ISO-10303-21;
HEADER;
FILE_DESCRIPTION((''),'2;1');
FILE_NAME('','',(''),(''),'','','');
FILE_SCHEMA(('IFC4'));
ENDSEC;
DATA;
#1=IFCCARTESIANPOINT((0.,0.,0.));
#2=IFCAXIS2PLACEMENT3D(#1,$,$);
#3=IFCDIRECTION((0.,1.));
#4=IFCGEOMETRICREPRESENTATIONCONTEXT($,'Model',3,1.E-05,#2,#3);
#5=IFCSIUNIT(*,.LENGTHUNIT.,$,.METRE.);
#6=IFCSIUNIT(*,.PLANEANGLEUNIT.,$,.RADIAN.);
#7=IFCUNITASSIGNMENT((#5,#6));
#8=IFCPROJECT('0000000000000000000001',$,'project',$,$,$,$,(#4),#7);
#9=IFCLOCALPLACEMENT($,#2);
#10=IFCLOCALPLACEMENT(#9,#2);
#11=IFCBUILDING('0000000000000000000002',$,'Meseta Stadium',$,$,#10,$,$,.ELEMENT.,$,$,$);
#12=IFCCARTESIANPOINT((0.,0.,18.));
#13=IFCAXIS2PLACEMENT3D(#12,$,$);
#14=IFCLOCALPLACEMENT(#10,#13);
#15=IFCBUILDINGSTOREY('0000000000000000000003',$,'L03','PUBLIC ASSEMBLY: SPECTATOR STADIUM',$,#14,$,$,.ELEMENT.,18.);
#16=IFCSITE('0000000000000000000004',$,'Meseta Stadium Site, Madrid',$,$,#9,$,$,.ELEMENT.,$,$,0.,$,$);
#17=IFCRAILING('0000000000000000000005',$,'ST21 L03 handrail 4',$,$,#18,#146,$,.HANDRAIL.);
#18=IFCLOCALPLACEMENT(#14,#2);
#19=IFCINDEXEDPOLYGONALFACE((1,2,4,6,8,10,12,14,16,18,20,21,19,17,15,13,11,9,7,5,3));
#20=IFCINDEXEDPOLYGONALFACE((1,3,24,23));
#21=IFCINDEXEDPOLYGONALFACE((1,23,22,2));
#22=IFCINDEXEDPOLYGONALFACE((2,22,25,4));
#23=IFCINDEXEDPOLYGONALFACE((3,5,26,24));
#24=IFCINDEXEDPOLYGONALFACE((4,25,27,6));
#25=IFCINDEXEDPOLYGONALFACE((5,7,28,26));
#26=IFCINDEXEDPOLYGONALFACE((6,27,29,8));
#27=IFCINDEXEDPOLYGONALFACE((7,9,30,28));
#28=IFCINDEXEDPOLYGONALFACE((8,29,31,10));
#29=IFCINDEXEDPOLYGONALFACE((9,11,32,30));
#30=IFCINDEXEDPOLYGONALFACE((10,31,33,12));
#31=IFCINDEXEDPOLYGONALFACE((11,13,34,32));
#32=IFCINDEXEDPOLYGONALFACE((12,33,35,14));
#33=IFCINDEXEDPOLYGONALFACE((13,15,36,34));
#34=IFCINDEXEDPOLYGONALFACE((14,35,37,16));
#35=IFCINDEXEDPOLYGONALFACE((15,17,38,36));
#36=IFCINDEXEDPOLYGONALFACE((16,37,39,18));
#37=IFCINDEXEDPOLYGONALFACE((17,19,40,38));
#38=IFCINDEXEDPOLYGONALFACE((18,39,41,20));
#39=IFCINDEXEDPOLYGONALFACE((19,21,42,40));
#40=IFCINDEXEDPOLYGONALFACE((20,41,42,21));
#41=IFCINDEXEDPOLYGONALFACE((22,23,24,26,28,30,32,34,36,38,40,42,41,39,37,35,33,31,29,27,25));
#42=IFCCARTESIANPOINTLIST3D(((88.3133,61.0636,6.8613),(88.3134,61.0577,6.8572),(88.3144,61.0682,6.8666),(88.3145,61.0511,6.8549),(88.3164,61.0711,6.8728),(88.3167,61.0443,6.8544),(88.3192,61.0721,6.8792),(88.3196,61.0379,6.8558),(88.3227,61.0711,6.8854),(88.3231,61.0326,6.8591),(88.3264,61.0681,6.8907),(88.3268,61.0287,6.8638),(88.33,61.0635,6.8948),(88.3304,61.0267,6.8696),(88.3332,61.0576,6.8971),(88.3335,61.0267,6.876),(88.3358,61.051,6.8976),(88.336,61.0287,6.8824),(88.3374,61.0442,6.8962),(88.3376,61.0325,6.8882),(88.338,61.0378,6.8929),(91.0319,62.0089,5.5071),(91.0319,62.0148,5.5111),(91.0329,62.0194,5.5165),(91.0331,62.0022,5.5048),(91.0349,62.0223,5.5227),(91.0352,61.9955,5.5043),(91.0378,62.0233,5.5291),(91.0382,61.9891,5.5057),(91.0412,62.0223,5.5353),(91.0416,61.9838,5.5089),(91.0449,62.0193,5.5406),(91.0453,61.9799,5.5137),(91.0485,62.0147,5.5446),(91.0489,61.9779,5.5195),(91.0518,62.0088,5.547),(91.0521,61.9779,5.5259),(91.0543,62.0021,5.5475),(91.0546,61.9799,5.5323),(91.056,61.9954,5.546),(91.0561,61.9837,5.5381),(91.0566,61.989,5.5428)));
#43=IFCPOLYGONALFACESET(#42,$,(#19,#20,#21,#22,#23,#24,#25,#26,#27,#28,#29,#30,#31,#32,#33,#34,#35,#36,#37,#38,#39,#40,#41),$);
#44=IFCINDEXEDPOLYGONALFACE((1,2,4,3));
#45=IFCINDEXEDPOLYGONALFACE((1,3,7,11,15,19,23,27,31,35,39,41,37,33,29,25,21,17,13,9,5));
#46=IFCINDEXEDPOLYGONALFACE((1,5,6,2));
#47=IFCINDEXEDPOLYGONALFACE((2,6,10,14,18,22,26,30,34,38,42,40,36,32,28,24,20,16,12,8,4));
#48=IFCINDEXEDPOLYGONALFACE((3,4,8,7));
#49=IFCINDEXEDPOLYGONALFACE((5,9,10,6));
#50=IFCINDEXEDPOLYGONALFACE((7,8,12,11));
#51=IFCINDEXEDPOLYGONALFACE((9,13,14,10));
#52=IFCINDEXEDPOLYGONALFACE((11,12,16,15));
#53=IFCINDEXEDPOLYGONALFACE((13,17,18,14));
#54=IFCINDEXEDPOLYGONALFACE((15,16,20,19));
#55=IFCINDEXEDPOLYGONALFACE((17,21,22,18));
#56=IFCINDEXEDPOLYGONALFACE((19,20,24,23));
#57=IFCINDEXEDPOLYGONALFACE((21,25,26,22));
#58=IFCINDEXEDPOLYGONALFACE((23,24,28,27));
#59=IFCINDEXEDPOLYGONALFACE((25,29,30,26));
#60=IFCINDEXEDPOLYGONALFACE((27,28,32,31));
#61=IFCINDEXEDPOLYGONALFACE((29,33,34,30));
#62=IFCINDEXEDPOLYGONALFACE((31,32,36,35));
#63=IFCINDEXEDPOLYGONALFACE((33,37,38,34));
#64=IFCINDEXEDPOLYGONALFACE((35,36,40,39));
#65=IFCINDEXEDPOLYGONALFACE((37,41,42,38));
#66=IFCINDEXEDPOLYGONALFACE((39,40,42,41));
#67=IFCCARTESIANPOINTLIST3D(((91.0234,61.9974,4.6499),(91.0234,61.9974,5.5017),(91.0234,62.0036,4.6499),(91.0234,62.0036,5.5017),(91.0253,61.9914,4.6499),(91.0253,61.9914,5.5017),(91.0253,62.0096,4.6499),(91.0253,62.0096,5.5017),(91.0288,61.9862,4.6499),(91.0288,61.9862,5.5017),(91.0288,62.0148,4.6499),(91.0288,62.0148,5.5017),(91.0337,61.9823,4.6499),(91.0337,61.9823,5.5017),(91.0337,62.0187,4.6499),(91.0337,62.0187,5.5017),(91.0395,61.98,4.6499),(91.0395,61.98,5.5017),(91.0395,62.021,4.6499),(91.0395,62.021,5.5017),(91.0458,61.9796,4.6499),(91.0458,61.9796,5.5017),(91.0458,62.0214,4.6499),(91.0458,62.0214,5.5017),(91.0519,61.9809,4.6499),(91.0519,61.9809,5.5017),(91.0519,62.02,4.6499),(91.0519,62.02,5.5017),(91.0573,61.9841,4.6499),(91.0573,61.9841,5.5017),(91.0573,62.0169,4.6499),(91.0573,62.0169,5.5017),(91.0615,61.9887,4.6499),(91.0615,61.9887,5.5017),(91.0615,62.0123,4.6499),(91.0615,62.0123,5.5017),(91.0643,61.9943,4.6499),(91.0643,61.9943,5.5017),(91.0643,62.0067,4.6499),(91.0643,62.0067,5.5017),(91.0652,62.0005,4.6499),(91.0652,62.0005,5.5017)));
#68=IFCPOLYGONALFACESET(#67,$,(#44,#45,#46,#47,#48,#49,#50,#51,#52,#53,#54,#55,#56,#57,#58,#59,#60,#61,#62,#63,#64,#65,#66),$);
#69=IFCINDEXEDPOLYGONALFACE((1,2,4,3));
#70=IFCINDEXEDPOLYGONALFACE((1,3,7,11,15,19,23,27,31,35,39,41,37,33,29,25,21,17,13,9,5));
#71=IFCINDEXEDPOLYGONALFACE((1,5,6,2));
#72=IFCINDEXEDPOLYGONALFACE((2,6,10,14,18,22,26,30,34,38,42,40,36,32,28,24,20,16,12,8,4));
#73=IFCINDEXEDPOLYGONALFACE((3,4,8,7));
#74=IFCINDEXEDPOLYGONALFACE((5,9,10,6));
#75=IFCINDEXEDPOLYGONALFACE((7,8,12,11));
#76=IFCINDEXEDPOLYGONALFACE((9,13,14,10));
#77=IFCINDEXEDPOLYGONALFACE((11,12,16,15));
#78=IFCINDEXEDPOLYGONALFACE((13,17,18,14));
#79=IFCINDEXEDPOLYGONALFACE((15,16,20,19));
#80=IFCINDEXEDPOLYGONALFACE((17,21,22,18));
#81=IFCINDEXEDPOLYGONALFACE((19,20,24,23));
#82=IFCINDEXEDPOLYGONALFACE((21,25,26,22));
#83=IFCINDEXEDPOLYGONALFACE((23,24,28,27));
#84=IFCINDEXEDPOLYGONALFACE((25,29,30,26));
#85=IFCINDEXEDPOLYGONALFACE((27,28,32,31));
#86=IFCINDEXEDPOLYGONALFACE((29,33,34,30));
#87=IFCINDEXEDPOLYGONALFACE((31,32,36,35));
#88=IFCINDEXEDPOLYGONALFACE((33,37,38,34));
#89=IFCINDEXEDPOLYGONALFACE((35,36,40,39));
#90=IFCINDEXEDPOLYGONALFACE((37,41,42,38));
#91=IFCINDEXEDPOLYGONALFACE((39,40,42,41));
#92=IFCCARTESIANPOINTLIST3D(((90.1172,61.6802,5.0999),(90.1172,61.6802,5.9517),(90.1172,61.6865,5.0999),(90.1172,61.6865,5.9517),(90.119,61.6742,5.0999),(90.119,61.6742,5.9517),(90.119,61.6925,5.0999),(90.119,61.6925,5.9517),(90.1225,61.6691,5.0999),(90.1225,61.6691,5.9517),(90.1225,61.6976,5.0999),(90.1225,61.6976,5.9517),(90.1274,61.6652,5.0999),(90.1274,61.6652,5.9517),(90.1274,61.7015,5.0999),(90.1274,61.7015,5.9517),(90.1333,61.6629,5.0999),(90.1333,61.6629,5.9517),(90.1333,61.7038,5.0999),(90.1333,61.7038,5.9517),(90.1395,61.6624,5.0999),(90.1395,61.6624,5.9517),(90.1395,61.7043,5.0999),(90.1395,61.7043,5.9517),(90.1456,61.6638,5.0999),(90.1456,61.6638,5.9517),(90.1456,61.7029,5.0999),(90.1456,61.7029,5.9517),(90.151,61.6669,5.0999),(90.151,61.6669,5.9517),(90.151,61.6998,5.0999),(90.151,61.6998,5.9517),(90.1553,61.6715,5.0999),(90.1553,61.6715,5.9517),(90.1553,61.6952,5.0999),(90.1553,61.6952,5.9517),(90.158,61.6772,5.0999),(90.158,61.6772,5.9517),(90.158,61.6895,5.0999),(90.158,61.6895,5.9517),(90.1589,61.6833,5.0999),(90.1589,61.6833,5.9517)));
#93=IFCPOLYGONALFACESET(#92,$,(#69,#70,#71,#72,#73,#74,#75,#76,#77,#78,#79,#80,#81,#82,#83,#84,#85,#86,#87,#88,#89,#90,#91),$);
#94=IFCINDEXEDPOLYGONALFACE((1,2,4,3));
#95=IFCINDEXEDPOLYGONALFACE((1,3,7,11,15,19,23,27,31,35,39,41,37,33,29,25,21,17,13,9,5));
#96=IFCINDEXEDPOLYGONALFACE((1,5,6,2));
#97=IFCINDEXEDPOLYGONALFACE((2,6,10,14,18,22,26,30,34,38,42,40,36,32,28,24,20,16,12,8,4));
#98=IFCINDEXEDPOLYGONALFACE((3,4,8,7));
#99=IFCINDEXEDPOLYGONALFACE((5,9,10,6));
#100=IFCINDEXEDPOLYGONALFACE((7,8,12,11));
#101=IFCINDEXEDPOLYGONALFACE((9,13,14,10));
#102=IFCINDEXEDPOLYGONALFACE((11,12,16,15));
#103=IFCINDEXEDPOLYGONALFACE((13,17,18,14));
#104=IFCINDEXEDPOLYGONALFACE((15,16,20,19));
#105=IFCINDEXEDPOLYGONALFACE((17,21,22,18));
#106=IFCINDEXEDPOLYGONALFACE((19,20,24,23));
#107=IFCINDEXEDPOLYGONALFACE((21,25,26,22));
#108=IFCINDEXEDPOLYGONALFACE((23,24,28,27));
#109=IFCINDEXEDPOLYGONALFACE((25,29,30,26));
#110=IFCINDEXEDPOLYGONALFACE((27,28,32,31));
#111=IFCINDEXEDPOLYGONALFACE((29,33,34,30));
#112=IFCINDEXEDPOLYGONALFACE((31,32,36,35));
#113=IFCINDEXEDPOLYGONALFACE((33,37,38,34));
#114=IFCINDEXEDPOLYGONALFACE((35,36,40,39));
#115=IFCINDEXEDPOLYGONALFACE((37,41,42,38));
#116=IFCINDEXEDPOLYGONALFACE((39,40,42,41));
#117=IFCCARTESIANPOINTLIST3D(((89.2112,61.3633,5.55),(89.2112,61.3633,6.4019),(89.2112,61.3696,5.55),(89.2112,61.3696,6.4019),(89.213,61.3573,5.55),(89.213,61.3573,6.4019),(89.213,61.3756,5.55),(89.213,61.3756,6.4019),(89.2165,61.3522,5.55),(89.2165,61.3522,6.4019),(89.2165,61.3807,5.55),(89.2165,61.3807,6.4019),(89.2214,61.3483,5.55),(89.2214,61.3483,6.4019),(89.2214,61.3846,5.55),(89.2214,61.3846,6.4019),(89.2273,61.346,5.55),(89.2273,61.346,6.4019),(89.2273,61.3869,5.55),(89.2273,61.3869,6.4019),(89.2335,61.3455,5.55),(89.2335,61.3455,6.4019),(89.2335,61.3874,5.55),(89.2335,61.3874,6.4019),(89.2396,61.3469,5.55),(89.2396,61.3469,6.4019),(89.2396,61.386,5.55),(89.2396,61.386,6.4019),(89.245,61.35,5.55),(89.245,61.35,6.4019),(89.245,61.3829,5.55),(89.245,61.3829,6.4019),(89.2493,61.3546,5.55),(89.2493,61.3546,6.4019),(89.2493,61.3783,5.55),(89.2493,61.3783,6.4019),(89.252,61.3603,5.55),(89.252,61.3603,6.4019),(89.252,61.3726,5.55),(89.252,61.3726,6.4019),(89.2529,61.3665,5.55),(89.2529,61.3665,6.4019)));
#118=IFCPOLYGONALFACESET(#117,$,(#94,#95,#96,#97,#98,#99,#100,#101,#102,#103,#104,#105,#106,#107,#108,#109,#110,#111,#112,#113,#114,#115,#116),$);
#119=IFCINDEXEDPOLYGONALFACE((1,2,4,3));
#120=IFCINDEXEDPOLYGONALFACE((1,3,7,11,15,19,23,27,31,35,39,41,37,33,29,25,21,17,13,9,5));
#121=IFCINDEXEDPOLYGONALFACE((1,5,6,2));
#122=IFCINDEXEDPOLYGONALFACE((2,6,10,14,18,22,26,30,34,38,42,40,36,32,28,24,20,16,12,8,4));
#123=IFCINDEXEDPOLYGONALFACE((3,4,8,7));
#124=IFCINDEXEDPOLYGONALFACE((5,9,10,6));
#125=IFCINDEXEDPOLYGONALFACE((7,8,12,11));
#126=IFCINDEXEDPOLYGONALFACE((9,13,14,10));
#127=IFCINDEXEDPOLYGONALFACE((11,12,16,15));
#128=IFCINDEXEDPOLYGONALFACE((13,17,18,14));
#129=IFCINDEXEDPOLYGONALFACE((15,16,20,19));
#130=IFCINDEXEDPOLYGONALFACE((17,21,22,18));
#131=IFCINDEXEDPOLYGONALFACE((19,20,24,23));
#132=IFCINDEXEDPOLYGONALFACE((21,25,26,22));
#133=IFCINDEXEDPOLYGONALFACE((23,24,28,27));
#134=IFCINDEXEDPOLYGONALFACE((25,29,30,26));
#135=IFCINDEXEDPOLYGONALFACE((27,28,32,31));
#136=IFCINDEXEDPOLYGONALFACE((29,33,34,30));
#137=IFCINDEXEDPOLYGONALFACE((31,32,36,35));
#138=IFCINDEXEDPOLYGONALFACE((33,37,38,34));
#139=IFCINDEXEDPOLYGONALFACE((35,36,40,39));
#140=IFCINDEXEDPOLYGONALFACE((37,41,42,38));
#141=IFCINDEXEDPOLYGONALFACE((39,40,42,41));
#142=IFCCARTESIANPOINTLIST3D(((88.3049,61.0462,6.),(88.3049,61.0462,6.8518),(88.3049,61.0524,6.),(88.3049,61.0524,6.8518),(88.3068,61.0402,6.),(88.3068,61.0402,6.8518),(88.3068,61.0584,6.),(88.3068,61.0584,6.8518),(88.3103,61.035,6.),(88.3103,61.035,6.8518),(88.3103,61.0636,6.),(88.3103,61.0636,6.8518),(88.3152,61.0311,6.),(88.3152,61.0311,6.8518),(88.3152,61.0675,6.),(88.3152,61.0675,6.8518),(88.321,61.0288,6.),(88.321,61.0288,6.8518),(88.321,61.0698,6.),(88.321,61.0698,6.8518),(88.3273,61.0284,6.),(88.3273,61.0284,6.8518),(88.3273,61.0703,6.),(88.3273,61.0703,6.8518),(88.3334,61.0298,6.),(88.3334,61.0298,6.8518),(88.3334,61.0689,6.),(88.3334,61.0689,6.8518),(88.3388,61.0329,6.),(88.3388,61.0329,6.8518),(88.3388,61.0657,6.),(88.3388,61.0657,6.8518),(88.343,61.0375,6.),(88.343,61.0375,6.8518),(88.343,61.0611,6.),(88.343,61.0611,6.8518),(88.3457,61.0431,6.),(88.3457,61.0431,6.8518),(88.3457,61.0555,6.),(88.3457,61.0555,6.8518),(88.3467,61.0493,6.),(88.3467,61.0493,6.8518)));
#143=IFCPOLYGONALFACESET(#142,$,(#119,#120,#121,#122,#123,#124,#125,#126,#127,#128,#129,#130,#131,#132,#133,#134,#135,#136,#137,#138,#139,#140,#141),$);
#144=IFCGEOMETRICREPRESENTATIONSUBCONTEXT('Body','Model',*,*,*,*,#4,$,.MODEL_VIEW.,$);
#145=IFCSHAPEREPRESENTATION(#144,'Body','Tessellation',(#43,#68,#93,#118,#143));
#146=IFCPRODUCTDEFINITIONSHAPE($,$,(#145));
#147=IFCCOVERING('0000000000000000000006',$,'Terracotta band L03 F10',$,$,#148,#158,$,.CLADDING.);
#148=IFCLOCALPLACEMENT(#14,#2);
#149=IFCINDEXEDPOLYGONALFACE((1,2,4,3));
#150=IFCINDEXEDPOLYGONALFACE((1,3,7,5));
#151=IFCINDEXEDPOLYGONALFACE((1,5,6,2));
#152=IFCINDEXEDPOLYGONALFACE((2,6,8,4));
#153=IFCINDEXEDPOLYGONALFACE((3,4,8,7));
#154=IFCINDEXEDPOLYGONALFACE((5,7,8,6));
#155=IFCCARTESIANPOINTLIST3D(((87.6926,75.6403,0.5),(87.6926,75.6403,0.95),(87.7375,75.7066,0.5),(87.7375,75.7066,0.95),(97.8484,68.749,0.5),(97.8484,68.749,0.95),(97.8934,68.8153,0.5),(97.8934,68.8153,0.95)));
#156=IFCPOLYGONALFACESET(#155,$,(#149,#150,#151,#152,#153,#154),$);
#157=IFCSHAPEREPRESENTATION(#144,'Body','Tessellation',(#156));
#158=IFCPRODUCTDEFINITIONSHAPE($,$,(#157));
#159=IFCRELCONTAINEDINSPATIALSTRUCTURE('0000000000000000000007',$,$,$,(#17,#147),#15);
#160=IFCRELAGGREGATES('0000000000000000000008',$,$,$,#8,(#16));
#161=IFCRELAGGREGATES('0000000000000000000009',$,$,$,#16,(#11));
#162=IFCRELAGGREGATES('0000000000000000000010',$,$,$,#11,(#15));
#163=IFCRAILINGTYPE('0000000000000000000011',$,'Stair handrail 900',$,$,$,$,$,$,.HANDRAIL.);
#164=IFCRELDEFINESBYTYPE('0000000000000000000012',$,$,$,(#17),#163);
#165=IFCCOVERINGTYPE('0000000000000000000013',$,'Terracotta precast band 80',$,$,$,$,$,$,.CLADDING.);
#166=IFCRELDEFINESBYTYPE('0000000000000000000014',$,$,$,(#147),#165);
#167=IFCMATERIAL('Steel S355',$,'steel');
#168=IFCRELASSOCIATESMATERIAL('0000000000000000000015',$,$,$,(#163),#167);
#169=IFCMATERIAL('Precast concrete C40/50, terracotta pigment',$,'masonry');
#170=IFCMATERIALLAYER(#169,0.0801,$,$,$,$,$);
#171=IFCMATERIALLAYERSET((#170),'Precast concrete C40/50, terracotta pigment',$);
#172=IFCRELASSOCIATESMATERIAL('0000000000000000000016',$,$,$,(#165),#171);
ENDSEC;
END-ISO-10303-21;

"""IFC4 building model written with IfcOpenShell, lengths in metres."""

from ifc_helpers import new_model, si_unit, direction, frame, origin, origin_2d, place, context, subcontext, project, spatial, rectangle, circle, extrude, material, layer, layer_set, type_object, element, save


model = new_model("IFC4")

# Units and contexts
model_context = context("Model", 3, precision=1e-05, world=origin(), true_north=direction((0.0, 1.0)))
body_context = subcontext(model_context, "Body", "Model", "MODEL_VIEW")
ifc_project = project(units=[si_unit("LENGTHUNIT", "METRE"), si_unit("PLANEANGLEUNIT", "RADIAN")], contexts=[model_context])

# Site, building, storey
site_placement = place(None, origin())
site = spatial("IfcSite", under=ifc_project, at=site_placement, Name="Meseta Stadium Site, Madrid", CompositionType="ELEMENT", RefElevation=0.0)
building_placement = place(site_placement, origin())
building = spatial("IfcBuilding", under=site, at=building_placement, Name="Meseta Stadium", CompositionType="ELEMENT")
storey_placement = place(building_placement, frame((0.0, 0.0, 18.0)))
storey = spatial("IfcBuildingStorey", under=building, at=storey_placement, Name="L03", Description="PUBLIC ASSEMBLY: SPECTATOR STADIUM", CompositionType="ELEMENT", Elevation=18.0)

# Railing
ifc_material_1 = material(Name="Steel S355", Category="steel")
railing_type_1 = type_object("IfcRailingType", Name="Stair handrail 900", PredefinedType="HANDRAIL", material=ifc_material_1)
for number, where, name in (
    (1, (91.0442, 62.0005, 4.6499), "ST21 L03 handrail 4"),
):
    element("IfcRailing", number, at=place(storey_placement, frame(where)), inside=storey, type_object=railing_type_1, Name=name, PredefinedType="HANDRAIL", context=body_context, shape_type="SweptSolid", body=[
        extrude(circle(Radius=0.0239, at=origin_2d()), frame((0.0, 0.0, 0.876), z_axis=(-0.854649, -0.299031, 0.424446), x_axis=(0.330256, -0.943891, 0.0)), (0.0, 0.0, 1.0), 3.1809),
        extrude(circle(Radius=0.021, at=origin_2d()), origin(), (0.0, 0.0, 1.0), 0.8518),
        extrude(circle(Radius=0.021, at=origin_2d()), frame((-0.9062, -0.3171, 0.45)), (0.0, 0.0, 1.0), 0.8518),
        extrude(circle(Radius=0.021, at=origin_2d()), frame((-1.8123, -0.634, 0.9001)), (0.0, 0.0, 1.0), 0.8518),
        extrude(circle(Radius=0.021, at=origin_2d()), frame((-2.7185, -0.9512, 1.3501)), (0.0, 0.0, 1.0), 0.8518),
    ])

# Covering
ifc_material_2 = material(Name="Precast concrete C40/50, terracotta pigment", Category="masonry")
ifc_layer_1 = layer(ifc_material_2, 0.0801)
ifc_layer_set_1 = layer_set([ifc_layer_1], Name="Precast concrete C40/50, terracotta pigment")
covering_type_1 = type_object("IfcCoveringType", Name="Terracotta precast band 80", PredefinedType="CLADDING", material=ifc_layer_set_1)
covering_1_placement = place(storey_placement, frame((92.793, 72.2278, 0.5), z_axis=(0.0, 0.0, 1.0), x_axis=(0.827484, -0.56149, 0.0)))
element("IfcCovering", 2, at=covering_1_placement, inside=storey, type_object=covering_type_1, Name="Terracotta band L03 F10", PredefinedType="CLADDING", context=body_context, shape_type="SweptSolid", body=[
    extrude(rectangle(XDim=12.2732, YDim=0.0801, at=origin_2d()), origin(), (0.0, 0.0, 1.0), 0.45),
])

save(model, "model.ifc")
